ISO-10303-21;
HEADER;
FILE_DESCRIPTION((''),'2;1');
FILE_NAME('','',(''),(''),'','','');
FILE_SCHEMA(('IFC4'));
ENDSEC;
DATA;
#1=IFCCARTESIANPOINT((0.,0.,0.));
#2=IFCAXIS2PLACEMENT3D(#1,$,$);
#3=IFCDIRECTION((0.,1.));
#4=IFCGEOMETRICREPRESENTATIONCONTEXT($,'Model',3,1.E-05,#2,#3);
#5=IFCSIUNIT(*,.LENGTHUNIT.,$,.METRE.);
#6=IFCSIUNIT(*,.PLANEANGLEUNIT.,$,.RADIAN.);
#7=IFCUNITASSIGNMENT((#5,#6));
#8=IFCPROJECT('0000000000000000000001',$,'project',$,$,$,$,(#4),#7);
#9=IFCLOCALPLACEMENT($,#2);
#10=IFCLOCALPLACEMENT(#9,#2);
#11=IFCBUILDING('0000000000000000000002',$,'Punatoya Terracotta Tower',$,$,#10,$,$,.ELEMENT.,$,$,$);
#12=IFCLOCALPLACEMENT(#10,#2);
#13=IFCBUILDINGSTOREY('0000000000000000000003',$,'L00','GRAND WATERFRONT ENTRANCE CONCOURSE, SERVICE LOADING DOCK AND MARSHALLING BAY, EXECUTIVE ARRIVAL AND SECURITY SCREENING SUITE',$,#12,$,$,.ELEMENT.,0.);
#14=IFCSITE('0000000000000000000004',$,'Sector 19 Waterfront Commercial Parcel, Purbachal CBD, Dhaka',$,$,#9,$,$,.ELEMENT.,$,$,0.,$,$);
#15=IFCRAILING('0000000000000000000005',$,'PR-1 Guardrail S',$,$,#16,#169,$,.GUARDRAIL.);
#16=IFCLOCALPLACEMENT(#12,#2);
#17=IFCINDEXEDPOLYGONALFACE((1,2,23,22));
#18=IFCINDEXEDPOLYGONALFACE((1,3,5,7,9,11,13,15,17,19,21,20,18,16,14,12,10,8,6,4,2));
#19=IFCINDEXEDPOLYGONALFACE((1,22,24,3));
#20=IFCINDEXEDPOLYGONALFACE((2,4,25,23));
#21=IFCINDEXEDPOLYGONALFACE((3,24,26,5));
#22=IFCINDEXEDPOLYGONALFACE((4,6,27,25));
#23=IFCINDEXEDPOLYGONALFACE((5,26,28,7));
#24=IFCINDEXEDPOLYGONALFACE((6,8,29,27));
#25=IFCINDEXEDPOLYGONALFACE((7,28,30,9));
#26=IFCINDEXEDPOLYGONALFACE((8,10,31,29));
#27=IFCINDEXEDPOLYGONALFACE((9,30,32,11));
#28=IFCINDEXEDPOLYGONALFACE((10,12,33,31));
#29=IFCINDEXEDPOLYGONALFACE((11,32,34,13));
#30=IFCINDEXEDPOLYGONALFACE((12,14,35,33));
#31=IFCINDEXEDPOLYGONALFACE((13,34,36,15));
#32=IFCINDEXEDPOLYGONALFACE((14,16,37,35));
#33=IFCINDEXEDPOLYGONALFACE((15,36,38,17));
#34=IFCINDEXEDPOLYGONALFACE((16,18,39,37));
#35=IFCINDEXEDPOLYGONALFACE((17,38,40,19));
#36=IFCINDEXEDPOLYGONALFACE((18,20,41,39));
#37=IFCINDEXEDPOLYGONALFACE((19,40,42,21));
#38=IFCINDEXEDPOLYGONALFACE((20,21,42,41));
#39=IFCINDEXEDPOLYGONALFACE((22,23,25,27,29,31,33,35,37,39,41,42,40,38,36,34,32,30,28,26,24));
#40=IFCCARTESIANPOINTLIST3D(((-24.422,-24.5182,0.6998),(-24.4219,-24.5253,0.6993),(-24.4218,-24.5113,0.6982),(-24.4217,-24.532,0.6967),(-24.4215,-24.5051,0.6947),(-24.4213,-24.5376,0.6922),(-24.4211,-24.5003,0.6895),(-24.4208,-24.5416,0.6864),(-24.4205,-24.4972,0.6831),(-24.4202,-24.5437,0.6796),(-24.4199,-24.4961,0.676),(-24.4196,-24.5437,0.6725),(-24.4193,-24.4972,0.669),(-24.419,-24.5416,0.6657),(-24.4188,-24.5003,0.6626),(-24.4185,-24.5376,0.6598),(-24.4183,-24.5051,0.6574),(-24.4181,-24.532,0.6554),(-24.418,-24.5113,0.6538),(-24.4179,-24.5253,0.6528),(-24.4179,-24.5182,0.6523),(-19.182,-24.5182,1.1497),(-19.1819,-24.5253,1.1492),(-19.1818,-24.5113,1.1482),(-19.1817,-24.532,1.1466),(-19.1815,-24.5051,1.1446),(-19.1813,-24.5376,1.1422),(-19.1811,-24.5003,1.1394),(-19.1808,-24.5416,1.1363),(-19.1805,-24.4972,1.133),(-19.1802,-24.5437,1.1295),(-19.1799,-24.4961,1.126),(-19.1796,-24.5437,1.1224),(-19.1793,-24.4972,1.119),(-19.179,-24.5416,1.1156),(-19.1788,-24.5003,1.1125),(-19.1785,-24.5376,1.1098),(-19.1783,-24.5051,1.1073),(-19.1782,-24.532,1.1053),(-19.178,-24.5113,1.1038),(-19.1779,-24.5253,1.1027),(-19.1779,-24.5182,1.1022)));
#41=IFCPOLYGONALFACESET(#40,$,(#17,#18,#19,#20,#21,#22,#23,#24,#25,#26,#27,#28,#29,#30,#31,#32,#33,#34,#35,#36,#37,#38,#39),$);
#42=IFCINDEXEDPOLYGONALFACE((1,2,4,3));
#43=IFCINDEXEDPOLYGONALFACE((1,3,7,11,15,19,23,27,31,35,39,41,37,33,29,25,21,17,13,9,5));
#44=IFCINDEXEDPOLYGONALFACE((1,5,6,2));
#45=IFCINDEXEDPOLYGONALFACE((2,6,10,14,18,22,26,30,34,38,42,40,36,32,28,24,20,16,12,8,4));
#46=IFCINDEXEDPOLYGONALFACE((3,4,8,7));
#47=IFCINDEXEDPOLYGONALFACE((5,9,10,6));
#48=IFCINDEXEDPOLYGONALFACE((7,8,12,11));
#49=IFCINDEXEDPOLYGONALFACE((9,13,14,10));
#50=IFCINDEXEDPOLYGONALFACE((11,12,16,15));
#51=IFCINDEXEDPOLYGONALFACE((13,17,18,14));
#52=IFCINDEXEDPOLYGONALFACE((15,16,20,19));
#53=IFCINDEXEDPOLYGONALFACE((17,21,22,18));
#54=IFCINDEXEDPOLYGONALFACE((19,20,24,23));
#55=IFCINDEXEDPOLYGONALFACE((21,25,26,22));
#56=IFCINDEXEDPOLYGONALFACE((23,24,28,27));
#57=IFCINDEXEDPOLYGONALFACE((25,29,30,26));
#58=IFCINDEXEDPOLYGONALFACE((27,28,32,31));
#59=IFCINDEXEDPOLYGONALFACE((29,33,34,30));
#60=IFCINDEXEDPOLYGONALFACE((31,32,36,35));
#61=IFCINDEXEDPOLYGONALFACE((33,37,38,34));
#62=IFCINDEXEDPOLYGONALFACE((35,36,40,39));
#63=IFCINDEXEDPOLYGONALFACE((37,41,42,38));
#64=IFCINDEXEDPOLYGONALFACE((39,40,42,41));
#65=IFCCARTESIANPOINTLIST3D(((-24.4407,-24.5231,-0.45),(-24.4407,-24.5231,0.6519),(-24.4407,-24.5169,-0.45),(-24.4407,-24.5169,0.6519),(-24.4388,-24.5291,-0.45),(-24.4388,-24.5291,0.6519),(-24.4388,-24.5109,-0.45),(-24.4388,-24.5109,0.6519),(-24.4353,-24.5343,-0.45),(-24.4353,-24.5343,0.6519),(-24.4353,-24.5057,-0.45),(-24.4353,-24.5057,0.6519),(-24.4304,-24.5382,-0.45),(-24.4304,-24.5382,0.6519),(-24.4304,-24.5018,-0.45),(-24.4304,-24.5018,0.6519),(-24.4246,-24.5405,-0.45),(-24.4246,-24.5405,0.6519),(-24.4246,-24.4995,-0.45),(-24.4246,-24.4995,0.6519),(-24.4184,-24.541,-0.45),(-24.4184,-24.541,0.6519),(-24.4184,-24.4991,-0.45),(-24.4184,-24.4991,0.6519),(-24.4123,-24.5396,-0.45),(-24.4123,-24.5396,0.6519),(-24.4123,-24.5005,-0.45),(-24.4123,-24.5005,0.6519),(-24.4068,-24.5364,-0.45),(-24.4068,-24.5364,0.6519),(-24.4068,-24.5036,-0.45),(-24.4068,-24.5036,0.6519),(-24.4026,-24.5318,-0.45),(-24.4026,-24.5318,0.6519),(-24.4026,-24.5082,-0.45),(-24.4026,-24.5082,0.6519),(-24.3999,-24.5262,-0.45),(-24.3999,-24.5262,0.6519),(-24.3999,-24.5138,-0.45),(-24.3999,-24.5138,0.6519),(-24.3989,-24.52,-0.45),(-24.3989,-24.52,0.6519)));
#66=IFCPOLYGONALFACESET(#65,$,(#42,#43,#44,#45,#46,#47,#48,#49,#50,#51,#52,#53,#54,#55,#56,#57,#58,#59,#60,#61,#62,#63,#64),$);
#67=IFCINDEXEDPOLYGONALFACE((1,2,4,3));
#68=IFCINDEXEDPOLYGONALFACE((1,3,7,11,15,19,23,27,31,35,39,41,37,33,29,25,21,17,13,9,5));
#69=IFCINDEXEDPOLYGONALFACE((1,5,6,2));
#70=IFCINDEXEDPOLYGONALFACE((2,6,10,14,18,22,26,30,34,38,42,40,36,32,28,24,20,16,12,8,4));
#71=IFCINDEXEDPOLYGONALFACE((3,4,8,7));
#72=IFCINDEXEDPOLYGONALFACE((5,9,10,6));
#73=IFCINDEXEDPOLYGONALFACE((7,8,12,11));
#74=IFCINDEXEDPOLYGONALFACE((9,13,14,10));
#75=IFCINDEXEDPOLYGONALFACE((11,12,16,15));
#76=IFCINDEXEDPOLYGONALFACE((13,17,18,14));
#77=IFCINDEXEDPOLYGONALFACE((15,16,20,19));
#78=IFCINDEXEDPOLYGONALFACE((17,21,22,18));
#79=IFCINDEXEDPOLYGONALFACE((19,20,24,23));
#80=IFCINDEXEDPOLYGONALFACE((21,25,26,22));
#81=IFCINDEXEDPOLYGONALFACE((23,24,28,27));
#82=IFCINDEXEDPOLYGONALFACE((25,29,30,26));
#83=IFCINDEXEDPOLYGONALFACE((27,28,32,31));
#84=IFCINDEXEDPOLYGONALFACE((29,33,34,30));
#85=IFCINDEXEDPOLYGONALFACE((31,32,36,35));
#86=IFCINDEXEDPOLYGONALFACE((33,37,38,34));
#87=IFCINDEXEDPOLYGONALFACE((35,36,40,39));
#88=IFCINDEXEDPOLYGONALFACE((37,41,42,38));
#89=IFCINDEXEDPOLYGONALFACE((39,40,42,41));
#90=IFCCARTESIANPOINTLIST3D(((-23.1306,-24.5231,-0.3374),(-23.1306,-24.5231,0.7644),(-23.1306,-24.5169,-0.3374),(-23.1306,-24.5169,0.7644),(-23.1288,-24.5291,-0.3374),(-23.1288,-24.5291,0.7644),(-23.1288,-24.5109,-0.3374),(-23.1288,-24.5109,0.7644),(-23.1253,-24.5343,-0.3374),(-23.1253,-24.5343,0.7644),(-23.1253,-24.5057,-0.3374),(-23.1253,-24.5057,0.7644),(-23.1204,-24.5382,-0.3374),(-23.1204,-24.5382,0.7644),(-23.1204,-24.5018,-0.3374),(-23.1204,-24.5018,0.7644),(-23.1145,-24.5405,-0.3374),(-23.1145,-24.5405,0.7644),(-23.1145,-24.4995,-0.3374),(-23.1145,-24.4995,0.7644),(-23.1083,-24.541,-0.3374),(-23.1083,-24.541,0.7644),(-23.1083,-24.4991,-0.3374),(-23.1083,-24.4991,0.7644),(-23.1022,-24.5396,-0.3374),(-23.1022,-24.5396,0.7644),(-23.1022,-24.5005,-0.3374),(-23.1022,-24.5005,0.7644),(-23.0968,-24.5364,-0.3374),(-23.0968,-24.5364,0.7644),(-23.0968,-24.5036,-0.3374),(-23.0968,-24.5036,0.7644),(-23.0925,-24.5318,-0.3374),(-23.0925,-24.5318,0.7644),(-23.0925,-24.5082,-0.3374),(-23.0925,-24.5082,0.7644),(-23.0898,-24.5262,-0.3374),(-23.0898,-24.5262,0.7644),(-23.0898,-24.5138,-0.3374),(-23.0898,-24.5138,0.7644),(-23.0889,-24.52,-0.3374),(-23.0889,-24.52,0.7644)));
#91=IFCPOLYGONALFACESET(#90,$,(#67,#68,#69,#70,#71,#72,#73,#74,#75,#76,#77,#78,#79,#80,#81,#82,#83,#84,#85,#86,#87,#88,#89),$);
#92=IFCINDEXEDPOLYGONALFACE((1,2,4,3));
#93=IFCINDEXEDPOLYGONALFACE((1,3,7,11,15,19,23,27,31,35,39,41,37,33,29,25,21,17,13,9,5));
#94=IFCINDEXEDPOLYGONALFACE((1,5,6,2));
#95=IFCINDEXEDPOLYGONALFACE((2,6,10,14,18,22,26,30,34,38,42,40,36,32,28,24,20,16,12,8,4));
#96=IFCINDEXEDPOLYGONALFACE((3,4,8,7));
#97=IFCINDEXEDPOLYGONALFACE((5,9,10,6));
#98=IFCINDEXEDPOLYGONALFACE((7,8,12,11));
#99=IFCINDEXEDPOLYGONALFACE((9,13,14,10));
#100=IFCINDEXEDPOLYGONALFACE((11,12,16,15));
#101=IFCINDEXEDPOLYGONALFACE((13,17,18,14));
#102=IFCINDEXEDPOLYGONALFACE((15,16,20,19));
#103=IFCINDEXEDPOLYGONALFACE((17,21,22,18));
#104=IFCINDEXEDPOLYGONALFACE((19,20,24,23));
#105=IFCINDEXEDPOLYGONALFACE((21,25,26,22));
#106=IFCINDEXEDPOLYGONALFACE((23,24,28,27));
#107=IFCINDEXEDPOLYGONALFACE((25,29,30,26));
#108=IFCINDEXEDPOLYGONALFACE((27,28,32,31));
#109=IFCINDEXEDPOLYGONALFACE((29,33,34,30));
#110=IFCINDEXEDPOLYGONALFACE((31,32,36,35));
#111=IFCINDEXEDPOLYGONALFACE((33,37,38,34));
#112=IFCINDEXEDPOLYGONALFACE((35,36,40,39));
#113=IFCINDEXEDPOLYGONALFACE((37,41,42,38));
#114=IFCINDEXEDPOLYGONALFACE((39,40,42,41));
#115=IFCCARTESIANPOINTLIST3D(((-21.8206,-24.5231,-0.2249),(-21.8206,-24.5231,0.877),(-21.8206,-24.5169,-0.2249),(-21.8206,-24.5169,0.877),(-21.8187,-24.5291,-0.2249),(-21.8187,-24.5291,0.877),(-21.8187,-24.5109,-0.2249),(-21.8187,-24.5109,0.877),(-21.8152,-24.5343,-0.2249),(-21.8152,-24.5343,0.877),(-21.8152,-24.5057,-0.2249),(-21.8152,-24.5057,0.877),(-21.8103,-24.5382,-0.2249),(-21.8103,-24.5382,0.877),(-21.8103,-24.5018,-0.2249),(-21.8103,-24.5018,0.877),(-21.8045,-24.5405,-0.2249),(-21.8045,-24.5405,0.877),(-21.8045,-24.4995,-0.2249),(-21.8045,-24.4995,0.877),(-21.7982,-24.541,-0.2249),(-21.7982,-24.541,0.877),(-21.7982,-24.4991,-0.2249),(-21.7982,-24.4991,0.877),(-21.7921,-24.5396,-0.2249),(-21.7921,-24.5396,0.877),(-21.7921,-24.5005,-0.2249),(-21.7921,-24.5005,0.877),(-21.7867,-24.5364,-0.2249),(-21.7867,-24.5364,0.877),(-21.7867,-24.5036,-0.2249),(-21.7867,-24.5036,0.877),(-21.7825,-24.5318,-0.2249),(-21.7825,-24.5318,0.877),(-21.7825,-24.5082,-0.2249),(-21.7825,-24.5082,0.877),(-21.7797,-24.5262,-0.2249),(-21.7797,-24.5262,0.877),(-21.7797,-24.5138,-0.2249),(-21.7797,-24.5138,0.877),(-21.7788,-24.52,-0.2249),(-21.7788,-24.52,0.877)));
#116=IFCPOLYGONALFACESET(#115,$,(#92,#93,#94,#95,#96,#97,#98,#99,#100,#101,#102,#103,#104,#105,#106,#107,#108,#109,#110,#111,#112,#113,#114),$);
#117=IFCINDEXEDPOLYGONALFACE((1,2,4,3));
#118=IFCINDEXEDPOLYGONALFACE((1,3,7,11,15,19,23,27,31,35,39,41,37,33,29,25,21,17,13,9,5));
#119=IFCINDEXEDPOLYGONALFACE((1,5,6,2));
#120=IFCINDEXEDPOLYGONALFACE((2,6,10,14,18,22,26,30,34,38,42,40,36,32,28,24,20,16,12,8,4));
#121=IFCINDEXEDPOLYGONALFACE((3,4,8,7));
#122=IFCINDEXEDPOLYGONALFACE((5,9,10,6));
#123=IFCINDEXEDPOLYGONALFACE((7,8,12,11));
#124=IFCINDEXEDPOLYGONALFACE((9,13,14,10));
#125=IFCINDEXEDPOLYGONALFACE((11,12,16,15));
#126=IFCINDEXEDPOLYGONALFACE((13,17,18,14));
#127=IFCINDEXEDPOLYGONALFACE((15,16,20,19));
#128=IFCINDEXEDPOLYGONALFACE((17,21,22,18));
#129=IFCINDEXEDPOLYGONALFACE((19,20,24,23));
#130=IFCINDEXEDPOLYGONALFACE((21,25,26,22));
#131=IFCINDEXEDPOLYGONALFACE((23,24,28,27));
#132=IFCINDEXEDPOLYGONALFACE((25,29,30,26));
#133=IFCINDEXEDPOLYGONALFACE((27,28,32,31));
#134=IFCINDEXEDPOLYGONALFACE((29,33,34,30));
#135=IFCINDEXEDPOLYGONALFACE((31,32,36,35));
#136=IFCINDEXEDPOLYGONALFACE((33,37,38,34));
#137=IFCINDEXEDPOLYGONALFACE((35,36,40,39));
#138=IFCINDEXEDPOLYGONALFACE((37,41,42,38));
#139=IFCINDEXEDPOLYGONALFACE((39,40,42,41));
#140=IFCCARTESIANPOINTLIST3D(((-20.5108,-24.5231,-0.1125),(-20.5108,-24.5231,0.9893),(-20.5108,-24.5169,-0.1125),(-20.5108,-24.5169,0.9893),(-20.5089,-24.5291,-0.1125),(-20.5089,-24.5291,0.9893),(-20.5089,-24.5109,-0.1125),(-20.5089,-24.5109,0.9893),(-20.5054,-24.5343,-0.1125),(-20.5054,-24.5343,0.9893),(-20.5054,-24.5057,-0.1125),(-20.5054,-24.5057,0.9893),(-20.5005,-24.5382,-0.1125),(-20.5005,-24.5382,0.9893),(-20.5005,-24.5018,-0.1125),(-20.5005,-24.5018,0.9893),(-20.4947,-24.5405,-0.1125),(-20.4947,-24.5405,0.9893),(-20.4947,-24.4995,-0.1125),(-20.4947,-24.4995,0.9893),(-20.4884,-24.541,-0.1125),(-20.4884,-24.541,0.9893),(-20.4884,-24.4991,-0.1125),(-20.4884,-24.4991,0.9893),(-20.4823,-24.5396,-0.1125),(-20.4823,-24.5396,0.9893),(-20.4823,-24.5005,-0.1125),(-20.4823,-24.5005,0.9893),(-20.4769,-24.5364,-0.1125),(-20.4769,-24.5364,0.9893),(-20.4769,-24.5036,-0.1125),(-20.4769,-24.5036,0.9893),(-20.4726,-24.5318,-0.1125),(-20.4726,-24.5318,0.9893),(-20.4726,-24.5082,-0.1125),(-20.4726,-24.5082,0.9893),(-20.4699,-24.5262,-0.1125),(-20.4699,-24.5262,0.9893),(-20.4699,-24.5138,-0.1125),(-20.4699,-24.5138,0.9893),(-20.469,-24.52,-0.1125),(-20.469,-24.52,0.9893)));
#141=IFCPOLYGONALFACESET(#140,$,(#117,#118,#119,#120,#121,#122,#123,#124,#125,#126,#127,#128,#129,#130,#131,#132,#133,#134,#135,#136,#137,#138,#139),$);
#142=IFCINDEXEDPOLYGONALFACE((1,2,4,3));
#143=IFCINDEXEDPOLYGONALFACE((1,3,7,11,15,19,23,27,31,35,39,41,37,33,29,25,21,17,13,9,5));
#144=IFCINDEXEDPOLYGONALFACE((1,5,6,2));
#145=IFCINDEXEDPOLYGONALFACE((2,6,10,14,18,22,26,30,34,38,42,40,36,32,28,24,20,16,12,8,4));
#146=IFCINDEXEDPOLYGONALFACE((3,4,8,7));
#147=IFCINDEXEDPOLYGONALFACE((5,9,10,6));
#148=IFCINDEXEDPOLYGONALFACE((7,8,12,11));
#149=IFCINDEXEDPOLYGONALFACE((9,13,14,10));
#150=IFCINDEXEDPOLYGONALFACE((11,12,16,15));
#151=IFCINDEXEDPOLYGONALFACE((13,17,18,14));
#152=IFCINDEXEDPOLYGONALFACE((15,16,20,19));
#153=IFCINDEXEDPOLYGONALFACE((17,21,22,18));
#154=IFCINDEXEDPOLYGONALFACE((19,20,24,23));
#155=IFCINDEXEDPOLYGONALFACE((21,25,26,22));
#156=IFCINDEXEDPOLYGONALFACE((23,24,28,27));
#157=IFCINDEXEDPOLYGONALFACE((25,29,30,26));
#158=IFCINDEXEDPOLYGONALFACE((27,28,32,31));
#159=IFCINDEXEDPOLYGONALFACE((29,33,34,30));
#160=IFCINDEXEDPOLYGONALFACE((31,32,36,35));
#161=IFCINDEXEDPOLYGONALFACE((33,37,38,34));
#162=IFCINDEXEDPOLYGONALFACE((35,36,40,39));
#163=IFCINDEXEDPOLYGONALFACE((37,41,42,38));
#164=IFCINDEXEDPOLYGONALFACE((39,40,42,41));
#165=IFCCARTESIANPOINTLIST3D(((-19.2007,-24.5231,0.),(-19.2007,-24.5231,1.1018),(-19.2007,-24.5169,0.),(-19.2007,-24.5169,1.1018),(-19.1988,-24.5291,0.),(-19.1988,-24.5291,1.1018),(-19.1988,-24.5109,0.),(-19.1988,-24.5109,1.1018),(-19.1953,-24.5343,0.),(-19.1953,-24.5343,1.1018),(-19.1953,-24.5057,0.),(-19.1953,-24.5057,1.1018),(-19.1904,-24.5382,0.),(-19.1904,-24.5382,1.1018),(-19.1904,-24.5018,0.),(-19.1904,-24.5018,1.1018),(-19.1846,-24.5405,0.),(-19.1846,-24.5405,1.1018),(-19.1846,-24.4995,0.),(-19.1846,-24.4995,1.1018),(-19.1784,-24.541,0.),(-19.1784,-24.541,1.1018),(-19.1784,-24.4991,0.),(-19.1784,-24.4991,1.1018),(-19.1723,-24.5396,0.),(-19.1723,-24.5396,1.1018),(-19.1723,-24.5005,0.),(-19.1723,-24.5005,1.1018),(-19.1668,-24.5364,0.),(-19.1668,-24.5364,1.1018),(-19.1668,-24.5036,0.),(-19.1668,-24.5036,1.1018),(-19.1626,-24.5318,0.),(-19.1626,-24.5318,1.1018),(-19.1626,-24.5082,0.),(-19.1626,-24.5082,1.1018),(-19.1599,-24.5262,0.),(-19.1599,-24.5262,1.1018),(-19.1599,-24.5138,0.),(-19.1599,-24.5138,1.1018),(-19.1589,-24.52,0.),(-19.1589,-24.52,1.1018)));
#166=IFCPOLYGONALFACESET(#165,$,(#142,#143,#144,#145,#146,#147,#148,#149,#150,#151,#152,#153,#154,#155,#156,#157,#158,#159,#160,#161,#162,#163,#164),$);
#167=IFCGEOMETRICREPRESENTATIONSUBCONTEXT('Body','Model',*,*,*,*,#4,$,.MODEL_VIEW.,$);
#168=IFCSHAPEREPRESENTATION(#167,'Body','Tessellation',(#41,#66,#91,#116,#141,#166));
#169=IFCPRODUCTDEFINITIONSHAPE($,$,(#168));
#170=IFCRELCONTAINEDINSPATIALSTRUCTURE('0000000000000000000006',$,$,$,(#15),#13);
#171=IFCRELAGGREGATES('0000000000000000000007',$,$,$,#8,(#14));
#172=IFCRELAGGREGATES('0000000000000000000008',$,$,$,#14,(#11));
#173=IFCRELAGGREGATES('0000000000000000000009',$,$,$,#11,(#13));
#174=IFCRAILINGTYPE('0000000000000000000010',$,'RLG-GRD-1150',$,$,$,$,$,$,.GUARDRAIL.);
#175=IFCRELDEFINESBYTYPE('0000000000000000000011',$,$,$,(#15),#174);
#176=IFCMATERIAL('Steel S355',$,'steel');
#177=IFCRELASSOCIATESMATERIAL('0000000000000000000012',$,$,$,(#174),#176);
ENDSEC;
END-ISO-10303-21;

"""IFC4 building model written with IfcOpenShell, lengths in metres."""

from ifc_helpers import new_model, si_unit, direction, frame, origin, origin_2d, place, context, subcontext, project, spatial, circle, extrude, material, type_object, element, save


model = new_model("IFC4")

# Units and contexts
model_context = context("Model", 3, precision=1e-05, world=origin(), true_north=direction((0.0, 1.0)))
body_context = subcontext(model_context, "Body", "Model", "MODEL_VIEW")
ifc_project = project(units=[si_unit("LENGTHUNIT", "METRE"), si_unit("PLANEANGLEUNIT", "RADIAN")], contexts=[model_context])

# Site, building, storey
site_placement = place(None, origin())
site = spatial("IfcSite", under=ifc_project, at=site_placement, Name="Sector 19 Waterfront Commercial Parcel, Purbachal CBD, Dhaka", CompositionType="ELEMENT", RefElevation=0.0)
building_placement = place(site_placement, origin())
building = spatial("IfcBuilding", under=site, at=building_placement, Name="Punatoya Terracotta Tower", CompositionType="ELEMENT")
storey_placement = place(building_placement, origin())
storey = spatial("IfcBuildingStorey", under=building, at=storey_placement, Name="L00", Description="GRAND WATERFRONT ENTRANCE CONCOURSE, SERVICE LOADING DOCK AND MARSHALLING BAY, EXECUTIVE ARRIVAL AND SECURITY SCREENING SUITE", CompositionType="ELEMENT", Elevation=0.0)

# Shared definitions
ifc_material_1 = material(Name="Steel S355", Category="steel")

# Railing
railing_type_1 = type_object("IfcRailingType", Name="RLG-GRD-1150", PredefinedType="GUARDRAIL", material=ifc_material_1)
for number, where, name in (
    (1, (-24.4199, -24.52, -0.45), "PR-1 Guardrail S"),
):
    element("IfcRailing", number, at=place(storey_placement, frame(where)), inside=storey, type_object=railing_type_1, Name=name, PredefinedType="GUARDRAIL", context=body_context, shape_type="SweptSolid", body=[
        extrude(circle(Radius=0.0239, at=origin_2d()), frame((0.0, 0.0, 1.126), z_axis=(0.996334, 0.0, 0.085554), x_axis=(0.0, 1.0, 0.0)), (0.0, 0.0, 1.0), 5.2593),
        extrude(circle(Radius=0.021, at=origin_2d()), origin(), (0.0, 0.0, 1.0), 1.1018),
        extrude(circle(Radius=0.021, at=origin_2d()), frame((1.3101, 0.0, 0.1125)), (0.0, 0.0, 1.0), 1.1018),
        extrude(circle(Radius=0.021, at=origin_2d()), frame((2.6201, 0.0, 0.2251)), (0.0, 0.0, 1.0), 1.1018),
        extrude(circle(Radius=0.021, at=origin_2d()), frame((3.9299, 0.0, 0.3374)), (0.0, 0.0, 1.0), 1.1018),
        extrude(circle(Radius=0.021, at=origin_2d()), frame((5.24, 0.0, 0.45)), (0.0, 0.0, 1.0), 1.1018),
    ])

save(model, "model.ifc")
